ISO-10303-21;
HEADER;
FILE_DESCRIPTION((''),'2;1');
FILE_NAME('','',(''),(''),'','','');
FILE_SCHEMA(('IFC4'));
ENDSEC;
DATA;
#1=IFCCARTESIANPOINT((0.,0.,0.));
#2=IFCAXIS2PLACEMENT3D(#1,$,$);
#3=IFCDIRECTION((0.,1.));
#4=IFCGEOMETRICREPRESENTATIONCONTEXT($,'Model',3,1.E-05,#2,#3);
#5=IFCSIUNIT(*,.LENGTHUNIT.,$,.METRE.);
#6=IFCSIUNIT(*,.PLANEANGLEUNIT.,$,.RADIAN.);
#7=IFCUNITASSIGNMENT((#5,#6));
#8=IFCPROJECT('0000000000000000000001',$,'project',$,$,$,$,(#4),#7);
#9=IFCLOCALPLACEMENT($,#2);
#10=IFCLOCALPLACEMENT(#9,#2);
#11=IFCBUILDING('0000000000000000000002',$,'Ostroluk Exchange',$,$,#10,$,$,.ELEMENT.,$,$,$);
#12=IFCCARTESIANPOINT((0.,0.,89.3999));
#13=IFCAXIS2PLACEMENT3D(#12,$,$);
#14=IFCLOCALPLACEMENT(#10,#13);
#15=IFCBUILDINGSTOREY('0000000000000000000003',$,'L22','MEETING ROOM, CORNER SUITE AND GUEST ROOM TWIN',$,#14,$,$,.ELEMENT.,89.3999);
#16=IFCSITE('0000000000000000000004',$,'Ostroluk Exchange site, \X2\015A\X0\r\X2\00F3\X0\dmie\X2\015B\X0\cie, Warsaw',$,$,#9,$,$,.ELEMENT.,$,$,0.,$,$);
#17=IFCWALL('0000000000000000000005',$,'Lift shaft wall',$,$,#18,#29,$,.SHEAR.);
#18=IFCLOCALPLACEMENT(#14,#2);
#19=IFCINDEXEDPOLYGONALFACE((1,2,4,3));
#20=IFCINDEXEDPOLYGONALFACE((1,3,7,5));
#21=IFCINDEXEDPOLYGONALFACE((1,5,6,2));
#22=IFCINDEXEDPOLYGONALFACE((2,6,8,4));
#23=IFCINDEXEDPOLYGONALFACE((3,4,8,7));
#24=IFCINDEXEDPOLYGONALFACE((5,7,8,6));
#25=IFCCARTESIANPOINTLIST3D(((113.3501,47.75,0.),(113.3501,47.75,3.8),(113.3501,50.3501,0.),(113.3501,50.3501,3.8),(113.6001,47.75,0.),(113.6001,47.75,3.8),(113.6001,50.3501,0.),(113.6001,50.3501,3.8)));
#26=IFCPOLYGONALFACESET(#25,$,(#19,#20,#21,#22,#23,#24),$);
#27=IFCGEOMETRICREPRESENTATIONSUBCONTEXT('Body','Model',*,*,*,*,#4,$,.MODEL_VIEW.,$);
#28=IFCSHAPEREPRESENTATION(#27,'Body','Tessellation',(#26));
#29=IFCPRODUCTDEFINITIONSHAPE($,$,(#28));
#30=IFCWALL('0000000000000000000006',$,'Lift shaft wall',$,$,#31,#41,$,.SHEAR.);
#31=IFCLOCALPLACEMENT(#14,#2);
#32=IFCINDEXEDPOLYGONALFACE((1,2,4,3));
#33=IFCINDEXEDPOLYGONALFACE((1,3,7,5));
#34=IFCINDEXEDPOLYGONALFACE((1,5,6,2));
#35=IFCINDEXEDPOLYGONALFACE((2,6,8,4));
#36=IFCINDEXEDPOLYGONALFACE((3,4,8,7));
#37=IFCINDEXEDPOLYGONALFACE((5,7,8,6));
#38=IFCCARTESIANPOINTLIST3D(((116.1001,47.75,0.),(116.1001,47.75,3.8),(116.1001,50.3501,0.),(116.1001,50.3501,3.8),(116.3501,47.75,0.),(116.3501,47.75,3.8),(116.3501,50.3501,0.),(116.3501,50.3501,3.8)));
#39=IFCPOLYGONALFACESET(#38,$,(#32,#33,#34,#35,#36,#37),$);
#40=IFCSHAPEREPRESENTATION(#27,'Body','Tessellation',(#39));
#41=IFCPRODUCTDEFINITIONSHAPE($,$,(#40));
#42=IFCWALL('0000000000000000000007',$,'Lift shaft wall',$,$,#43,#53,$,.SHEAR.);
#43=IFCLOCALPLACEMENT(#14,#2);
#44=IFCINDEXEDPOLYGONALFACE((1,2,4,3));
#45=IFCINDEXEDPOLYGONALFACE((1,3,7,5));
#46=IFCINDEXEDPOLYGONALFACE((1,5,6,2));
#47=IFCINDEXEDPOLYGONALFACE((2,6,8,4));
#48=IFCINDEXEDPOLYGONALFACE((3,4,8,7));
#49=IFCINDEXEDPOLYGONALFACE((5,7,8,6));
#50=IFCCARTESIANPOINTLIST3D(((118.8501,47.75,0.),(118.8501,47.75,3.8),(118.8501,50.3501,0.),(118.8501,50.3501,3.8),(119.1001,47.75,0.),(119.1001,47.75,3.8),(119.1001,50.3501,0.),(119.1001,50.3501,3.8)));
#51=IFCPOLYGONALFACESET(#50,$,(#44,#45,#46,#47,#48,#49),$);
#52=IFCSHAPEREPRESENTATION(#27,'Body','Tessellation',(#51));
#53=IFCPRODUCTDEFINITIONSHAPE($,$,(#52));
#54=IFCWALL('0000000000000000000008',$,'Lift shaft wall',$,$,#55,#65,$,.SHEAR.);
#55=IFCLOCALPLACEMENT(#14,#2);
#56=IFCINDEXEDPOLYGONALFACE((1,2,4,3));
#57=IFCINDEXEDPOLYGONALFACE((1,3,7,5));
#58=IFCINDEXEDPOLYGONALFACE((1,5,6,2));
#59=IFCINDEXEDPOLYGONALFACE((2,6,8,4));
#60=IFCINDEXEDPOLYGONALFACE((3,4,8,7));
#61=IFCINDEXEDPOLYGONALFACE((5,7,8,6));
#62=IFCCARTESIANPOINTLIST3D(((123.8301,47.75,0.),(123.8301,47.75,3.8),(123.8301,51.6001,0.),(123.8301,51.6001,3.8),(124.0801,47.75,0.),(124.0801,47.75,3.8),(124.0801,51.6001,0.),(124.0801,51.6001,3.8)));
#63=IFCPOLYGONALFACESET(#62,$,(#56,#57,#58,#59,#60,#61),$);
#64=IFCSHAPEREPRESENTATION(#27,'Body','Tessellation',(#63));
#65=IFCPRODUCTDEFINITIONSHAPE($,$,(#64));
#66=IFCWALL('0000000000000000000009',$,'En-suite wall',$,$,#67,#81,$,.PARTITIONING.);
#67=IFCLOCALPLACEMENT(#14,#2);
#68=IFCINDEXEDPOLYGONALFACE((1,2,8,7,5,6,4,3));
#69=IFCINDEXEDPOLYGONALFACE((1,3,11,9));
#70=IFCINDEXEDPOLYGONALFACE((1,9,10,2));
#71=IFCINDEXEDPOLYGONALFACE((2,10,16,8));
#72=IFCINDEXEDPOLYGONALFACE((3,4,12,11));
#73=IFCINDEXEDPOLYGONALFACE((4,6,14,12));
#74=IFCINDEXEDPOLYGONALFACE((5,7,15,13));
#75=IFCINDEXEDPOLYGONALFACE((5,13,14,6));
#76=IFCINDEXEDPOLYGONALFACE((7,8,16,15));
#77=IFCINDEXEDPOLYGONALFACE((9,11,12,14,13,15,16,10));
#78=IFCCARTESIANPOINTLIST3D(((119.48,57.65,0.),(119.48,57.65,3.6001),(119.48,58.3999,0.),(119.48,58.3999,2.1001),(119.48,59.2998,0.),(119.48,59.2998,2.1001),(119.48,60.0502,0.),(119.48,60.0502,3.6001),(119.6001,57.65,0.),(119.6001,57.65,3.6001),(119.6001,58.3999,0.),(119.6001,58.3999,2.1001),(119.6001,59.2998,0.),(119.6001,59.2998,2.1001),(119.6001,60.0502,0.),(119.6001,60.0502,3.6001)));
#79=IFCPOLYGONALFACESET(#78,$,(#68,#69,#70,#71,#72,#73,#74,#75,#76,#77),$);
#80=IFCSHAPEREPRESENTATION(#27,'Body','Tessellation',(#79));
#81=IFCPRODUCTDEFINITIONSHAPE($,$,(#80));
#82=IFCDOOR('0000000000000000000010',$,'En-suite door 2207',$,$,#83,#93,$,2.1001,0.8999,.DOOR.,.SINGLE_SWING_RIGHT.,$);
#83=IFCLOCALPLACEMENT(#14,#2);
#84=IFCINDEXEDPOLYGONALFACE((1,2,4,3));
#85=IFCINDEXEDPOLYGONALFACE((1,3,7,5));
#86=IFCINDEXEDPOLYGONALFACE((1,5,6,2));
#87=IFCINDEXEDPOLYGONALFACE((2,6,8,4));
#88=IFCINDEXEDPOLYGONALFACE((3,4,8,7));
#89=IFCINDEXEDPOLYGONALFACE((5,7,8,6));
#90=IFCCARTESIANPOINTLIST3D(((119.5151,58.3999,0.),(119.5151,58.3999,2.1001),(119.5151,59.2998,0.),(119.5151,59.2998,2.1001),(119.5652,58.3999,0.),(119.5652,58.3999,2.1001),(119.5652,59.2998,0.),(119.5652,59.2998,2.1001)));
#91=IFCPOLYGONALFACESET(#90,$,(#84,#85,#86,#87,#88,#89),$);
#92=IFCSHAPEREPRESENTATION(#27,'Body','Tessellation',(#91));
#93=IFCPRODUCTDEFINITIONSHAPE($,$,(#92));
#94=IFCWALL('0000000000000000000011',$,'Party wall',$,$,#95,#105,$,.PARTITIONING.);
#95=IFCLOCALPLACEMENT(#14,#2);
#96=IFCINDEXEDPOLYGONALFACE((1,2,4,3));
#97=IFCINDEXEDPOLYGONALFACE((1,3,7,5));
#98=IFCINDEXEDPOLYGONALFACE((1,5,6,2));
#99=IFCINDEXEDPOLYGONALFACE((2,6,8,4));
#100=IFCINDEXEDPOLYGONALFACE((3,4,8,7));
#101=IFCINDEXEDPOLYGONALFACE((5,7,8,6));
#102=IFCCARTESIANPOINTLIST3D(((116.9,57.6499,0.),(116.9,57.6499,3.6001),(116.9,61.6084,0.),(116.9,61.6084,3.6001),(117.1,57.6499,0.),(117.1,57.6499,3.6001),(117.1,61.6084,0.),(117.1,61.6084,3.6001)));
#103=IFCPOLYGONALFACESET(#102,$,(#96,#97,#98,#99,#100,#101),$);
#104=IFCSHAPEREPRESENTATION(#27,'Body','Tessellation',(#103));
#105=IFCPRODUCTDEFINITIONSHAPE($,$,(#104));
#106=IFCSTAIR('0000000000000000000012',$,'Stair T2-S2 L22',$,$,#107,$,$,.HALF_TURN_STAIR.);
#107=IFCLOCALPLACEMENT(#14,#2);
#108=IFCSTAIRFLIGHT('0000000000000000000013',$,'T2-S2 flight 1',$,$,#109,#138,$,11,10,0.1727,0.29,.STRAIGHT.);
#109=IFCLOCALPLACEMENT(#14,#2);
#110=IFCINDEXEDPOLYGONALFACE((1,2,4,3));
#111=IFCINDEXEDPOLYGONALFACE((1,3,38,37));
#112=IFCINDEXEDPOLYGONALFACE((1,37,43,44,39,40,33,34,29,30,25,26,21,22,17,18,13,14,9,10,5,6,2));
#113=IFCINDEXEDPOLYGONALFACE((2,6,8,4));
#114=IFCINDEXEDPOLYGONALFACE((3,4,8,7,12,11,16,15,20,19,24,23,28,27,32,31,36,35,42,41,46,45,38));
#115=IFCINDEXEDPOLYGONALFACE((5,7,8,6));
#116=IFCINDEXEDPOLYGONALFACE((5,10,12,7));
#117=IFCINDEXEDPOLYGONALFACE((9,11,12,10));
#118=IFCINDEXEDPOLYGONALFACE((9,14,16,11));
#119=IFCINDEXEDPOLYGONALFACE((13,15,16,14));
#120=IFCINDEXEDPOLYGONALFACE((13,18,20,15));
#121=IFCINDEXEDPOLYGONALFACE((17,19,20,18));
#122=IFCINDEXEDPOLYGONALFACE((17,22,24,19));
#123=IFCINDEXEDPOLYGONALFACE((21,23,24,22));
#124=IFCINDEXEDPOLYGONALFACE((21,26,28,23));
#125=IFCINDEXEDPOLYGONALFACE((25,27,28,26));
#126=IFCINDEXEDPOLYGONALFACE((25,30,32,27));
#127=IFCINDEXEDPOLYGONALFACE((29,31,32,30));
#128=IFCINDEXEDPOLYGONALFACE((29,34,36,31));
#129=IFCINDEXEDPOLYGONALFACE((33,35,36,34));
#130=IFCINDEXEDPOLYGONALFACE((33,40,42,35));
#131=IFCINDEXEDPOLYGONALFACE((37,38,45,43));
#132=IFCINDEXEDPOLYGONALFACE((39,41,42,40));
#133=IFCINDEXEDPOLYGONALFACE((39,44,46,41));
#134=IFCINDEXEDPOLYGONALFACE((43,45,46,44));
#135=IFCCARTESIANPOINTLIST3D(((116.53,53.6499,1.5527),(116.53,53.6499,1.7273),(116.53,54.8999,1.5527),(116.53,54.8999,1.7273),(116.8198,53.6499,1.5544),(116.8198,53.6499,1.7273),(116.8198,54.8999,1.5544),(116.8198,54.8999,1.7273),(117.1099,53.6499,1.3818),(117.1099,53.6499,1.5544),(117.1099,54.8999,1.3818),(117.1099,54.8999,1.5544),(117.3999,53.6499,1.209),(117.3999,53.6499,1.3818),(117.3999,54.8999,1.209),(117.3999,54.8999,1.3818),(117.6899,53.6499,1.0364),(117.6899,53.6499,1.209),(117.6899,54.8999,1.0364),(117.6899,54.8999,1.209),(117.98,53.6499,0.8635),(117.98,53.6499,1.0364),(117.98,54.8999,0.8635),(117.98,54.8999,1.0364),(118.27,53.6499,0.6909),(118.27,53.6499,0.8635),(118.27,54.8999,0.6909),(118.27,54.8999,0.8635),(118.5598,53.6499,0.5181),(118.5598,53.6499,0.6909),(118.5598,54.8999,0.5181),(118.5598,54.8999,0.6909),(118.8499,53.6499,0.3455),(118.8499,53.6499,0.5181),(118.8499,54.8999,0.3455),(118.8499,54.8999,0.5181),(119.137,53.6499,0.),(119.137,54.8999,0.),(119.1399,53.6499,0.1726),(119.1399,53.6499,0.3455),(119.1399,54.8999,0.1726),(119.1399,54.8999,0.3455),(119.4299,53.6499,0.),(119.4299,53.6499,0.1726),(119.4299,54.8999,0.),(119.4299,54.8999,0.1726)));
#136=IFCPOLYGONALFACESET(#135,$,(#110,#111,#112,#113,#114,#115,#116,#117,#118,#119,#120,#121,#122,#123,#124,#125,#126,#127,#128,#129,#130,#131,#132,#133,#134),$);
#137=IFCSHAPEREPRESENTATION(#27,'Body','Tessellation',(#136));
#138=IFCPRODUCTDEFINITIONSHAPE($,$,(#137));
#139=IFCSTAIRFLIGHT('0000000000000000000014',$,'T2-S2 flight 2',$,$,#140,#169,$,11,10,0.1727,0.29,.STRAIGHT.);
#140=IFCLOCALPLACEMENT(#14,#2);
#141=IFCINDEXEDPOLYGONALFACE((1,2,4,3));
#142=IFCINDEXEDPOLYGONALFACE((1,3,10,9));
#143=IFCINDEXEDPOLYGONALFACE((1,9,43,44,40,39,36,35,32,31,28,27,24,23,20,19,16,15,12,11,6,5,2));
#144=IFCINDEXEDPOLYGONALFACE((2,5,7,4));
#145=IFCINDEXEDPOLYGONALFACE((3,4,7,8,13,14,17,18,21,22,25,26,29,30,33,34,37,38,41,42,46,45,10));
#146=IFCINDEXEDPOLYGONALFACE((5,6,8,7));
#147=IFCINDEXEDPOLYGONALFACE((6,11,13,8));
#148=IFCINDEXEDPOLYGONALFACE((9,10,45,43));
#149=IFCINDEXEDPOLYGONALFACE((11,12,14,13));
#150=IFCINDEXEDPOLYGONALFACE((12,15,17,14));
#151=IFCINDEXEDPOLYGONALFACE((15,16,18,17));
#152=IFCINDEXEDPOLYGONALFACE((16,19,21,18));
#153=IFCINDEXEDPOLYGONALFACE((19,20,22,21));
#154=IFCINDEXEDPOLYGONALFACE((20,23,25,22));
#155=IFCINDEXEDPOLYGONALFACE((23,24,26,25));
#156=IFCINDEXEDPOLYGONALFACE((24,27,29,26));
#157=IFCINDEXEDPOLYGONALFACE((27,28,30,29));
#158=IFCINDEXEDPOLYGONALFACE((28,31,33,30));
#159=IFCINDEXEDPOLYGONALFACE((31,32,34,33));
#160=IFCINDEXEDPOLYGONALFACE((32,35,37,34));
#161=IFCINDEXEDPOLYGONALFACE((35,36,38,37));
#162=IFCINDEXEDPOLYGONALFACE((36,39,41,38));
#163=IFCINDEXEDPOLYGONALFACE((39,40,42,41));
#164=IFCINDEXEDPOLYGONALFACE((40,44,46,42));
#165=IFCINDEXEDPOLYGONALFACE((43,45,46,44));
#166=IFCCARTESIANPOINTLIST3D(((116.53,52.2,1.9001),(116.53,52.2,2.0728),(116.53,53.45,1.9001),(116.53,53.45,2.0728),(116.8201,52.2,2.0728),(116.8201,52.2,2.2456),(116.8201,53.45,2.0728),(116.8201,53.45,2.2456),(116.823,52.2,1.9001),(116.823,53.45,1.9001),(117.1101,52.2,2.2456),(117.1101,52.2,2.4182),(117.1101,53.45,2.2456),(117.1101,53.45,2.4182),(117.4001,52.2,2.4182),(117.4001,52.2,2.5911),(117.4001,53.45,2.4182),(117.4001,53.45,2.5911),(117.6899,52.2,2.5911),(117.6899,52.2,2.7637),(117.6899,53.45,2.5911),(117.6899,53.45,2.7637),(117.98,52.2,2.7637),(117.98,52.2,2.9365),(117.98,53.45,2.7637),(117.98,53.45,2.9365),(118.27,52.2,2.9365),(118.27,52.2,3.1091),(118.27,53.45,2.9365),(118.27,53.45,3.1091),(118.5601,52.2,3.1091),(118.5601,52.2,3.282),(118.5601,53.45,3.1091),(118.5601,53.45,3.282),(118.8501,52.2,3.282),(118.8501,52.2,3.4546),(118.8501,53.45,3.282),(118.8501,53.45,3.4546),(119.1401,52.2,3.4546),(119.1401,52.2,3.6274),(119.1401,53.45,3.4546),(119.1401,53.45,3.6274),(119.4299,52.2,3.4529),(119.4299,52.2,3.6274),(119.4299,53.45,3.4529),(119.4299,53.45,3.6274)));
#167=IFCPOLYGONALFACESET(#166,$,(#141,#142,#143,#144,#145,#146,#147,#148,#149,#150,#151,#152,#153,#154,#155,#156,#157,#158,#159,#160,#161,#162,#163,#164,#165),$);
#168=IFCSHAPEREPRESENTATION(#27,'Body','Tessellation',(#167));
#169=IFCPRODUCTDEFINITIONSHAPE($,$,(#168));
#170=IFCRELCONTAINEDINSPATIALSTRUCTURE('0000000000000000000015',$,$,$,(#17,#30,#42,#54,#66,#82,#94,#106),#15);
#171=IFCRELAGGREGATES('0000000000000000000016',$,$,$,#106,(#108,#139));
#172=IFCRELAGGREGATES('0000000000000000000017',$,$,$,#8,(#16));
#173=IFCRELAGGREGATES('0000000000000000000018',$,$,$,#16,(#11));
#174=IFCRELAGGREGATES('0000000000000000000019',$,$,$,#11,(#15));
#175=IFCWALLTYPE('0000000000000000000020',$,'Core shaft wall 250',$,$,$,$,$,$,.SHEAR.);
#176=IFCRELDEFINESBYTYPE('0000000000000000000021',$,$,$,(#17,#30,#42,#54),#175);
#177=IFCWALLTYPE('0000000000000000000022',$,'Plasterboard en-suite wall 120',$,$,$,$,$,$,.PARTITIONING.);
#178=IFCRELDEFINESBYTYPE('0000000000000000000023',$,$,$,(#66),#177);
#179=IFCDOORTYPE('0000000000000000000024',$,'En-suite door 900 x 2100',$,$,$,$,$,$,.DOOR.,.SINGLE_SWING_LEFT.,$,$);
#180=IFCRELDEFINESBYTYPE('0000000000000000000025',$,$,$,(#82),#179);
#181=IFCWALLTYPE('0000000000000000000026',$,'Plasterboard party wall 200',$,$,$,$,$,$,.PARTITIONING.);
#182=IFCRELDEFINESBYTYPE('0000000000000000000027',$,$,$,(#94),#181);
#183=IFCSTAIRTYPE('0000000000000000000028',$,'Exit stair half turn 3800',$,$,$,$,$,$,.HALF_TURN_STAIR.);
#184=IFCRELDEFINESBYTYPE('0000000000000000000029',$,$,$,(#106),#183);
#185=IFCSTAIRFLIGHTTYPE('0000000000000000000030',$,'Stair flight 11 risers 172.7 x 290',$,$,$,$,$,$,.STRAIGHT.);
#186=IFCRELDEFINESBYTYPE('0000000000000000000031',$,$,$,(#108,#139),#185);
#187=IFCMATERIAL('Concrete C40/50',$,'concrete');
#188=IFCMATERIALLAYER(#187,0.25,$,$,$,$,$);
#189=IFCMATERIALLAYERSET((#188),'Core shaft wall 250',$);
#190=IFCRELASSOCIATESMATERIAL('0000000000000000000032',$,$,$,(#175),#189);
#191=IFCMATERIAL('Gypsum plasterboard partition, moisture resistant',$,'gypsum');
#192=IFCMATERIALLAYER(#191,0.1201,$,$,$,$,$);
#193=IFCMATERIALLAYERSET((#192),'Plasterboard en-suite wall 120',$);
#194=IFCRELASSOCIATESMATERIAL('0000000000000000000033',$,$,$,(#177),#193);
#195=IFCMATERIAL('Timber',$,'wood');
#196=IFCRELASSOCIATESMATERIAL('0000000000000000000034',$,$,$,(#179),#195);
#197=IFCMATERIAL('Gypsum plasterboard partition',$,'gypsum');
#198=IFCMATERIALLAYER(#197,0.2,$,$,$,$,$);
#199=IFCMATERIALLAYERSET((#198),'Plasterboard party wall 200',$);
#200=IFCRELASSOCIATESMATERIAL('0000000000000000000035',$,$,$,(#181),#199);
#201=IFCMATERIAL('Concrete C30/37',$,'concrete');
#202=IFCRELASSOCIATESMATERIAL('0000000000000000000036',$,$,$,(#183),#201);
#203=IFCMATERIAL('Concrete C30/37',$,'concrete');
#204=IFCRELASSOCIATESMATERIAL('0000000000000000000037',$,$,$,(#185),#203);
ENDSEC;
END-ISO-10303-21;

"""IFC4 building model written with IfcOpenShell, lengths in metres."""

from ifc_helpers import new_model, si_unit, direction, frame, frame_2d, origin, place, context, subcontext, project, spatial, polyline, rectangle, outline, extrude, material, layer, layer_set, type_object, element, fill, aggregate, save


model = new_model("IFC4")

# Units and contexts
model_context = context("Model", 3, precision=1e-05, world=origin(), true_north=direction((0.0, 1.0)))
body_context = subcontext(model_context, "Body", "Model", "MODEL_VIEW")
ifc_project = project(units=[si_unit("LENGTHUNIT", "METRE"), si_unit("PLANEANGLEUNIT", "RADIAN")], contexts=[model_context])

# Site, building, storey
site_placement = place(None, origin())
site = spatial("IfcSite", under=ifc_project, at=site_placement, Name="Ostroluk Exchange site, Śródmieście, Warsaw", CompositionType="ELEMENT", RefElevation=0.0)
building_placement = place(site_placement, origin())
building = spatial("IfcBuilding", under=site, at=building_placement, Name="Ostroluk Exchange", CompositionType="ELEMENT")
storey_placement = place(building_placement, frame((0.0, 0.0, 89.3999)))
storey = spatial("IfcBuildingStorey", under=building, at=storey_placement, Name="L22", Description="MEETING ROOM, CORNER SUITE AND GUEST ROOM TWIN", CompositionType="ELEMENT", Elevation=89.3999)

# Shared definitions
ifc_material_1 = material(Name="Concrete C40/50", Category="concrete")
ifc_layer_1 = layer(ifc_material_1, 0.25)
ifc_layer_set_1 = layer_set([ifc_layer_1], Name="Core shaft wall 250")
wall_type_1 = type_object("IfcWallType", Name="Core shaft wall 250", PredefinedType="SHEAR", material=ifc_layer_set_1)

# Walls
for number, where, z_axis, x_axis, name in (
    (1, (113.4751, 47.75, 0.0), (0.0, 0.0, 1.0), (0.0, 1.0, 0.0), "Lift shaft wall"),
    (2, (116.2251, 47.75, 0.0), (0.0, 0.0, 1.0), (0.0, 1.0, 0.0), "Lift shaft wall"),
    (3, (118.9751, 47.75, 0.0), (0.0, 0.0, 1.0), (0.0, 1.0, 0.0), "Lift shaft wall"),
):
    element("IfcWall", number, at=place(storey_placement, frame(where, z_axis=z_axis, x_axis=x_axis)), inside=storey, type_object=wall_type_1, Name=name, PredefinedType="SHEAR", context=body_context, shape_type="SweptSolid", body=[
        extrude(rectangle(XDim=2.6001, YDim=0.25, at=frame_2d((1.3, 0.0))), origin(), (0.0, 0.0, 1.0), 3.8),
    ])
wall_1_placement = place(storey_placement, frame((123.9551, 47.75, 0.0), z_axis=(0.0, 0.0, 1.0), x_axis=(0.0, 1.0, 0.0)))
element("IfcWall", 4, at=wall_1_placement, inside=storey, type_object=wall_type_1, Name="Lift shaft wall", PredefinedType="SHEAR", context=body_context, shape_type="SweptSolid", body=[
    extrude(rectangle(XDim=3.8501, YDim=0.25, at=frame_2d((1.925, 0.0))), origin(), (0.0, 0.0, 1.0), 3.8),
])

# Wall, opening, door
ifc_material_2 = material(Name="Gypsum plasterboard partition, moisture resistant", Category="gypsum")
ifc_layer_2 = layer(ifc_material_2, 0.1201)
ifc_layer_set_2 = layer_set([ifc_layer_2], Name="Plasterboard en-suite wall 120")
wall_type_2 = type_object("IfcWallType", Name="Plasterboard en-suite wall 120", PredefinedType="PARTITIONING", material=ifc_layer_set_2)
wall_2_placement = place(storey_placement, frame((119.54, 57.6499, 0.0), z_axis=(0.0, 0.0, 1.0), x_axis=(0.0, 1.0, 0.0)))
wall_2 = element("IfcWall", 5, at=wall_2_placement, inside=storey, type_object=wall_type_2, Name="En-suite wall", PredefinedType="PARTITIONING", context=body_context, shape_type="SweptSolid", body=[
    extrude(rectangle(XDim=2.4001, YDim=0.1201, at=frame_2d((1.2002, 0.0))), origin(), (0.0, 0.0, 1.0), 3.6001),
])
opening_1_placement = place(wall_2_placement, frame((0.75, 0.0, 0.0)))
opening_1 = element("IfcOpeningElement", 6, at=opening_1_placement, cuts=wall_2, PredefinedType="OPENING", context=body_context, shape_type="SweptSolid", body=[
    extrude(rectangle(XDim=0.8999, YDim=2.1001, at=frame_2d((0.45, 1.05))), frame((0.0, 0.0701, 0.0), z_axis=(0.0, -1.0, 0.0), x_axis=(1.0, 0.0, 0.0)), (0.0, 0.0, 1.0), 0.1401),
])
ifc_material_3 = material(Name="Timber", Category="wood")
door_type_1 = type_object("IfcDoorType", Name="En-suite door 900 x 2100", OperationType="SINGLE_SWING_LEFT", PredefinedType="DOOR", material=ifc_material_3)
door_1_placement = place(opening_1_placement, origin())
door_1 = element("IfcDoor", 7, at=door_1_placement, inside=storey, type_object=door_type_1, Name="En-suite door 2207", OperationType="SINGLE_SWING_RIGHT", OverallHeight=2.1001, OverallWidth=0.8999, PredefinedType="DOOR", context=body_context, shape_type="SweptSolid", body=[
    extrude(rectangle(XDim=0.8999, YDim=2.1001, at=frame_2d((0.45, 1.05))), frame((0.0, 0.0249, 0.0), z_axis=(0.0, -1.0, 0.0), x_axis=(1.0, 0.0, 0.0)), (0.0, 0.0, 1.0), 0.05),
])
fill(opening_1, door_1)

# Wall
ifc_material_4 = material(Name="Gypsum plasterboard partition", Category="gypsum")
ifc_layer_3 = layer(ifc_material_4, 0.2)
ifc_layer_set_3 = layer_set([ifc_layer_3], Name="Plasterboard party wall 200")
wall_type_3 = type_object("IfcWallType", Name="Plasterboard party wall 200", PredefinedType="PARTITIONING", material=ifc_layer_set_3)
wall_3_placement = place(storey_placement, frame((117.0, 57.6499, 0.0), z_axis=(0.0, 0.0, 1.0), x_axis=(0.0, 1.0, 0.0)))
element("IfcWall", 8, at=wall_3_placement, inside=storey, type_object=wall_type_3, Name="Party wall", PredefinedType="PARTITIONING", context=body_context, shape_type="SweptSolid", body=[
    extrude(rectangle(XDim=3.9585, YDim=0.2, at=frame_2d((1.9792, 0.0))), origin(), (0.0, 0.0, 1.0), 3.6001),
])

# Stair, stair flights
ifc_material_5 = material(Name="Concrete C30/37", Category="concrete")
stair_type = type_object("IfcStairType", Name="Exit stair half turn 3800", PredefinedType="HALF_TURN_STAIR", material=ifc_material_5)
stair_placement = place(storey_placement, origin())
stair = element("IfcStair", 9, at=stair_placement, inside=storey, type_object=stair_type, Name="Stair T2-S2 L22", PredefinedType="HALF_TURN_STAIR")
ifc_material_6 = material(Name="Concrete C30/37", Category="concrete")
stair_flight_type = type_object("IfcStairFlightType", Name="Stair flight 11 risers 172.7 x 290", PredefinedType="STRAIGHT", material=ifc_material_6)
stair_flight_1_placement = place(storey_placement, frame((119.4299, 54.2749, 0.0), z_axis=(0.0, 0.0, 1.0), x_axis=(-1.0, 0.0, 0.0)))
stair_flight_1 = element("IfcStairFlight", 10, at=stair_flight_1_placement, type_object=stair_flight_type, Name="T2-S2 flight 1", NumberOfRisers=11, NumberOfTreads=10, PredefinedType="STRAIGHT", RiserHeight=0.1727, TreadLength=0.29, context=body_context, shape_type="SweptSolid", body=[
    extrude(outline(polyline([(0.0, 0.0), (0.0, 0.1726), (0.29, 0.1726), (0.29, 0.3455), (0.5801, 0.3455), (0.5801, 0.5181), (0.8701, 0.5181), (0.8701, 0.6909), (1.1599, 0.6909), (1.1599, 0.8635), (1.45, 0.8635), (1.45, 1.0364), (1.74, 1.0364), (1.74, 1.209), (2.03, 1.209), (2.03, 1.3818), (2.3201, 1.3818), (2.3201, 1.5544), (2.6101, 1.5544), (2.6101, 1.7273), (2.8999, 1.7273), (2.8999, 1.8999), (2.8999, 1.5527), (0.293, 0.0), (0.0, 0.0)])), frame((0.0, 0.625, 0.0), z_axis=(0.0, -1.0, 0.0), x_axis=(1.0, 0.0, 0.0)), (0.0, 0.0, 1.0), 1.25),
])
stair_flight_2_placement = place(storey_placement, frame((116.53, 52.825, 1.9001), z_axis=(0.0, 0.0, 1.0), x_axis=(1.0, 0.0, 0.0)))
stair_flight_2 = element("IfcStairFlight", 11, at=stair_flight_2_placement, type_object=stair_flight_type, Name="T2-S2 flight 2", NumberOfRisers=11, NumberOfTreads=10, PredefinedType="STRAIGHT", RiserHeight=0.1727, TreadLength=0.29, context=body_context, shape_type="SweptSolid", body=[
    extrude(outline(polyline([(0.0, 0.0), (0.0, 0.1726), (0.29, 0.1726), (0.29, 0.3455), (0.5801, 0.3455), (0.5801, 0.5181), (0.8701, 0.5181), (0.8701, 0.6909), (1.1599, 0.6909), (1.1599, 0.8635), (1.45, 0.8635), (1.45, 1.0364), (1.74, 1.0364), (1.74, 1.209), (2.03, 1.209), (2.03, 1.3818), (2.3201, 1.3818), (2.3201, 1.5544), (2.6101, 1.5544), (2.6101, 1.7273), (2.8999, 1.7273), (2.8999, 1.8999), (2.8999, 1.5527), (0.293, 0.0), (0.0, 0.0)])), frame((0.0, 0.625, 0.0), z_axis=(0.0, -1.0, 0.0), x_axis=(1.0, 0.0, 0.0)), (0.0, 0.0, 1.0), 1.25),
])
aggregate(stair, [stair_flight_1, stair_flight_2])

save(model, "model.ifc")
